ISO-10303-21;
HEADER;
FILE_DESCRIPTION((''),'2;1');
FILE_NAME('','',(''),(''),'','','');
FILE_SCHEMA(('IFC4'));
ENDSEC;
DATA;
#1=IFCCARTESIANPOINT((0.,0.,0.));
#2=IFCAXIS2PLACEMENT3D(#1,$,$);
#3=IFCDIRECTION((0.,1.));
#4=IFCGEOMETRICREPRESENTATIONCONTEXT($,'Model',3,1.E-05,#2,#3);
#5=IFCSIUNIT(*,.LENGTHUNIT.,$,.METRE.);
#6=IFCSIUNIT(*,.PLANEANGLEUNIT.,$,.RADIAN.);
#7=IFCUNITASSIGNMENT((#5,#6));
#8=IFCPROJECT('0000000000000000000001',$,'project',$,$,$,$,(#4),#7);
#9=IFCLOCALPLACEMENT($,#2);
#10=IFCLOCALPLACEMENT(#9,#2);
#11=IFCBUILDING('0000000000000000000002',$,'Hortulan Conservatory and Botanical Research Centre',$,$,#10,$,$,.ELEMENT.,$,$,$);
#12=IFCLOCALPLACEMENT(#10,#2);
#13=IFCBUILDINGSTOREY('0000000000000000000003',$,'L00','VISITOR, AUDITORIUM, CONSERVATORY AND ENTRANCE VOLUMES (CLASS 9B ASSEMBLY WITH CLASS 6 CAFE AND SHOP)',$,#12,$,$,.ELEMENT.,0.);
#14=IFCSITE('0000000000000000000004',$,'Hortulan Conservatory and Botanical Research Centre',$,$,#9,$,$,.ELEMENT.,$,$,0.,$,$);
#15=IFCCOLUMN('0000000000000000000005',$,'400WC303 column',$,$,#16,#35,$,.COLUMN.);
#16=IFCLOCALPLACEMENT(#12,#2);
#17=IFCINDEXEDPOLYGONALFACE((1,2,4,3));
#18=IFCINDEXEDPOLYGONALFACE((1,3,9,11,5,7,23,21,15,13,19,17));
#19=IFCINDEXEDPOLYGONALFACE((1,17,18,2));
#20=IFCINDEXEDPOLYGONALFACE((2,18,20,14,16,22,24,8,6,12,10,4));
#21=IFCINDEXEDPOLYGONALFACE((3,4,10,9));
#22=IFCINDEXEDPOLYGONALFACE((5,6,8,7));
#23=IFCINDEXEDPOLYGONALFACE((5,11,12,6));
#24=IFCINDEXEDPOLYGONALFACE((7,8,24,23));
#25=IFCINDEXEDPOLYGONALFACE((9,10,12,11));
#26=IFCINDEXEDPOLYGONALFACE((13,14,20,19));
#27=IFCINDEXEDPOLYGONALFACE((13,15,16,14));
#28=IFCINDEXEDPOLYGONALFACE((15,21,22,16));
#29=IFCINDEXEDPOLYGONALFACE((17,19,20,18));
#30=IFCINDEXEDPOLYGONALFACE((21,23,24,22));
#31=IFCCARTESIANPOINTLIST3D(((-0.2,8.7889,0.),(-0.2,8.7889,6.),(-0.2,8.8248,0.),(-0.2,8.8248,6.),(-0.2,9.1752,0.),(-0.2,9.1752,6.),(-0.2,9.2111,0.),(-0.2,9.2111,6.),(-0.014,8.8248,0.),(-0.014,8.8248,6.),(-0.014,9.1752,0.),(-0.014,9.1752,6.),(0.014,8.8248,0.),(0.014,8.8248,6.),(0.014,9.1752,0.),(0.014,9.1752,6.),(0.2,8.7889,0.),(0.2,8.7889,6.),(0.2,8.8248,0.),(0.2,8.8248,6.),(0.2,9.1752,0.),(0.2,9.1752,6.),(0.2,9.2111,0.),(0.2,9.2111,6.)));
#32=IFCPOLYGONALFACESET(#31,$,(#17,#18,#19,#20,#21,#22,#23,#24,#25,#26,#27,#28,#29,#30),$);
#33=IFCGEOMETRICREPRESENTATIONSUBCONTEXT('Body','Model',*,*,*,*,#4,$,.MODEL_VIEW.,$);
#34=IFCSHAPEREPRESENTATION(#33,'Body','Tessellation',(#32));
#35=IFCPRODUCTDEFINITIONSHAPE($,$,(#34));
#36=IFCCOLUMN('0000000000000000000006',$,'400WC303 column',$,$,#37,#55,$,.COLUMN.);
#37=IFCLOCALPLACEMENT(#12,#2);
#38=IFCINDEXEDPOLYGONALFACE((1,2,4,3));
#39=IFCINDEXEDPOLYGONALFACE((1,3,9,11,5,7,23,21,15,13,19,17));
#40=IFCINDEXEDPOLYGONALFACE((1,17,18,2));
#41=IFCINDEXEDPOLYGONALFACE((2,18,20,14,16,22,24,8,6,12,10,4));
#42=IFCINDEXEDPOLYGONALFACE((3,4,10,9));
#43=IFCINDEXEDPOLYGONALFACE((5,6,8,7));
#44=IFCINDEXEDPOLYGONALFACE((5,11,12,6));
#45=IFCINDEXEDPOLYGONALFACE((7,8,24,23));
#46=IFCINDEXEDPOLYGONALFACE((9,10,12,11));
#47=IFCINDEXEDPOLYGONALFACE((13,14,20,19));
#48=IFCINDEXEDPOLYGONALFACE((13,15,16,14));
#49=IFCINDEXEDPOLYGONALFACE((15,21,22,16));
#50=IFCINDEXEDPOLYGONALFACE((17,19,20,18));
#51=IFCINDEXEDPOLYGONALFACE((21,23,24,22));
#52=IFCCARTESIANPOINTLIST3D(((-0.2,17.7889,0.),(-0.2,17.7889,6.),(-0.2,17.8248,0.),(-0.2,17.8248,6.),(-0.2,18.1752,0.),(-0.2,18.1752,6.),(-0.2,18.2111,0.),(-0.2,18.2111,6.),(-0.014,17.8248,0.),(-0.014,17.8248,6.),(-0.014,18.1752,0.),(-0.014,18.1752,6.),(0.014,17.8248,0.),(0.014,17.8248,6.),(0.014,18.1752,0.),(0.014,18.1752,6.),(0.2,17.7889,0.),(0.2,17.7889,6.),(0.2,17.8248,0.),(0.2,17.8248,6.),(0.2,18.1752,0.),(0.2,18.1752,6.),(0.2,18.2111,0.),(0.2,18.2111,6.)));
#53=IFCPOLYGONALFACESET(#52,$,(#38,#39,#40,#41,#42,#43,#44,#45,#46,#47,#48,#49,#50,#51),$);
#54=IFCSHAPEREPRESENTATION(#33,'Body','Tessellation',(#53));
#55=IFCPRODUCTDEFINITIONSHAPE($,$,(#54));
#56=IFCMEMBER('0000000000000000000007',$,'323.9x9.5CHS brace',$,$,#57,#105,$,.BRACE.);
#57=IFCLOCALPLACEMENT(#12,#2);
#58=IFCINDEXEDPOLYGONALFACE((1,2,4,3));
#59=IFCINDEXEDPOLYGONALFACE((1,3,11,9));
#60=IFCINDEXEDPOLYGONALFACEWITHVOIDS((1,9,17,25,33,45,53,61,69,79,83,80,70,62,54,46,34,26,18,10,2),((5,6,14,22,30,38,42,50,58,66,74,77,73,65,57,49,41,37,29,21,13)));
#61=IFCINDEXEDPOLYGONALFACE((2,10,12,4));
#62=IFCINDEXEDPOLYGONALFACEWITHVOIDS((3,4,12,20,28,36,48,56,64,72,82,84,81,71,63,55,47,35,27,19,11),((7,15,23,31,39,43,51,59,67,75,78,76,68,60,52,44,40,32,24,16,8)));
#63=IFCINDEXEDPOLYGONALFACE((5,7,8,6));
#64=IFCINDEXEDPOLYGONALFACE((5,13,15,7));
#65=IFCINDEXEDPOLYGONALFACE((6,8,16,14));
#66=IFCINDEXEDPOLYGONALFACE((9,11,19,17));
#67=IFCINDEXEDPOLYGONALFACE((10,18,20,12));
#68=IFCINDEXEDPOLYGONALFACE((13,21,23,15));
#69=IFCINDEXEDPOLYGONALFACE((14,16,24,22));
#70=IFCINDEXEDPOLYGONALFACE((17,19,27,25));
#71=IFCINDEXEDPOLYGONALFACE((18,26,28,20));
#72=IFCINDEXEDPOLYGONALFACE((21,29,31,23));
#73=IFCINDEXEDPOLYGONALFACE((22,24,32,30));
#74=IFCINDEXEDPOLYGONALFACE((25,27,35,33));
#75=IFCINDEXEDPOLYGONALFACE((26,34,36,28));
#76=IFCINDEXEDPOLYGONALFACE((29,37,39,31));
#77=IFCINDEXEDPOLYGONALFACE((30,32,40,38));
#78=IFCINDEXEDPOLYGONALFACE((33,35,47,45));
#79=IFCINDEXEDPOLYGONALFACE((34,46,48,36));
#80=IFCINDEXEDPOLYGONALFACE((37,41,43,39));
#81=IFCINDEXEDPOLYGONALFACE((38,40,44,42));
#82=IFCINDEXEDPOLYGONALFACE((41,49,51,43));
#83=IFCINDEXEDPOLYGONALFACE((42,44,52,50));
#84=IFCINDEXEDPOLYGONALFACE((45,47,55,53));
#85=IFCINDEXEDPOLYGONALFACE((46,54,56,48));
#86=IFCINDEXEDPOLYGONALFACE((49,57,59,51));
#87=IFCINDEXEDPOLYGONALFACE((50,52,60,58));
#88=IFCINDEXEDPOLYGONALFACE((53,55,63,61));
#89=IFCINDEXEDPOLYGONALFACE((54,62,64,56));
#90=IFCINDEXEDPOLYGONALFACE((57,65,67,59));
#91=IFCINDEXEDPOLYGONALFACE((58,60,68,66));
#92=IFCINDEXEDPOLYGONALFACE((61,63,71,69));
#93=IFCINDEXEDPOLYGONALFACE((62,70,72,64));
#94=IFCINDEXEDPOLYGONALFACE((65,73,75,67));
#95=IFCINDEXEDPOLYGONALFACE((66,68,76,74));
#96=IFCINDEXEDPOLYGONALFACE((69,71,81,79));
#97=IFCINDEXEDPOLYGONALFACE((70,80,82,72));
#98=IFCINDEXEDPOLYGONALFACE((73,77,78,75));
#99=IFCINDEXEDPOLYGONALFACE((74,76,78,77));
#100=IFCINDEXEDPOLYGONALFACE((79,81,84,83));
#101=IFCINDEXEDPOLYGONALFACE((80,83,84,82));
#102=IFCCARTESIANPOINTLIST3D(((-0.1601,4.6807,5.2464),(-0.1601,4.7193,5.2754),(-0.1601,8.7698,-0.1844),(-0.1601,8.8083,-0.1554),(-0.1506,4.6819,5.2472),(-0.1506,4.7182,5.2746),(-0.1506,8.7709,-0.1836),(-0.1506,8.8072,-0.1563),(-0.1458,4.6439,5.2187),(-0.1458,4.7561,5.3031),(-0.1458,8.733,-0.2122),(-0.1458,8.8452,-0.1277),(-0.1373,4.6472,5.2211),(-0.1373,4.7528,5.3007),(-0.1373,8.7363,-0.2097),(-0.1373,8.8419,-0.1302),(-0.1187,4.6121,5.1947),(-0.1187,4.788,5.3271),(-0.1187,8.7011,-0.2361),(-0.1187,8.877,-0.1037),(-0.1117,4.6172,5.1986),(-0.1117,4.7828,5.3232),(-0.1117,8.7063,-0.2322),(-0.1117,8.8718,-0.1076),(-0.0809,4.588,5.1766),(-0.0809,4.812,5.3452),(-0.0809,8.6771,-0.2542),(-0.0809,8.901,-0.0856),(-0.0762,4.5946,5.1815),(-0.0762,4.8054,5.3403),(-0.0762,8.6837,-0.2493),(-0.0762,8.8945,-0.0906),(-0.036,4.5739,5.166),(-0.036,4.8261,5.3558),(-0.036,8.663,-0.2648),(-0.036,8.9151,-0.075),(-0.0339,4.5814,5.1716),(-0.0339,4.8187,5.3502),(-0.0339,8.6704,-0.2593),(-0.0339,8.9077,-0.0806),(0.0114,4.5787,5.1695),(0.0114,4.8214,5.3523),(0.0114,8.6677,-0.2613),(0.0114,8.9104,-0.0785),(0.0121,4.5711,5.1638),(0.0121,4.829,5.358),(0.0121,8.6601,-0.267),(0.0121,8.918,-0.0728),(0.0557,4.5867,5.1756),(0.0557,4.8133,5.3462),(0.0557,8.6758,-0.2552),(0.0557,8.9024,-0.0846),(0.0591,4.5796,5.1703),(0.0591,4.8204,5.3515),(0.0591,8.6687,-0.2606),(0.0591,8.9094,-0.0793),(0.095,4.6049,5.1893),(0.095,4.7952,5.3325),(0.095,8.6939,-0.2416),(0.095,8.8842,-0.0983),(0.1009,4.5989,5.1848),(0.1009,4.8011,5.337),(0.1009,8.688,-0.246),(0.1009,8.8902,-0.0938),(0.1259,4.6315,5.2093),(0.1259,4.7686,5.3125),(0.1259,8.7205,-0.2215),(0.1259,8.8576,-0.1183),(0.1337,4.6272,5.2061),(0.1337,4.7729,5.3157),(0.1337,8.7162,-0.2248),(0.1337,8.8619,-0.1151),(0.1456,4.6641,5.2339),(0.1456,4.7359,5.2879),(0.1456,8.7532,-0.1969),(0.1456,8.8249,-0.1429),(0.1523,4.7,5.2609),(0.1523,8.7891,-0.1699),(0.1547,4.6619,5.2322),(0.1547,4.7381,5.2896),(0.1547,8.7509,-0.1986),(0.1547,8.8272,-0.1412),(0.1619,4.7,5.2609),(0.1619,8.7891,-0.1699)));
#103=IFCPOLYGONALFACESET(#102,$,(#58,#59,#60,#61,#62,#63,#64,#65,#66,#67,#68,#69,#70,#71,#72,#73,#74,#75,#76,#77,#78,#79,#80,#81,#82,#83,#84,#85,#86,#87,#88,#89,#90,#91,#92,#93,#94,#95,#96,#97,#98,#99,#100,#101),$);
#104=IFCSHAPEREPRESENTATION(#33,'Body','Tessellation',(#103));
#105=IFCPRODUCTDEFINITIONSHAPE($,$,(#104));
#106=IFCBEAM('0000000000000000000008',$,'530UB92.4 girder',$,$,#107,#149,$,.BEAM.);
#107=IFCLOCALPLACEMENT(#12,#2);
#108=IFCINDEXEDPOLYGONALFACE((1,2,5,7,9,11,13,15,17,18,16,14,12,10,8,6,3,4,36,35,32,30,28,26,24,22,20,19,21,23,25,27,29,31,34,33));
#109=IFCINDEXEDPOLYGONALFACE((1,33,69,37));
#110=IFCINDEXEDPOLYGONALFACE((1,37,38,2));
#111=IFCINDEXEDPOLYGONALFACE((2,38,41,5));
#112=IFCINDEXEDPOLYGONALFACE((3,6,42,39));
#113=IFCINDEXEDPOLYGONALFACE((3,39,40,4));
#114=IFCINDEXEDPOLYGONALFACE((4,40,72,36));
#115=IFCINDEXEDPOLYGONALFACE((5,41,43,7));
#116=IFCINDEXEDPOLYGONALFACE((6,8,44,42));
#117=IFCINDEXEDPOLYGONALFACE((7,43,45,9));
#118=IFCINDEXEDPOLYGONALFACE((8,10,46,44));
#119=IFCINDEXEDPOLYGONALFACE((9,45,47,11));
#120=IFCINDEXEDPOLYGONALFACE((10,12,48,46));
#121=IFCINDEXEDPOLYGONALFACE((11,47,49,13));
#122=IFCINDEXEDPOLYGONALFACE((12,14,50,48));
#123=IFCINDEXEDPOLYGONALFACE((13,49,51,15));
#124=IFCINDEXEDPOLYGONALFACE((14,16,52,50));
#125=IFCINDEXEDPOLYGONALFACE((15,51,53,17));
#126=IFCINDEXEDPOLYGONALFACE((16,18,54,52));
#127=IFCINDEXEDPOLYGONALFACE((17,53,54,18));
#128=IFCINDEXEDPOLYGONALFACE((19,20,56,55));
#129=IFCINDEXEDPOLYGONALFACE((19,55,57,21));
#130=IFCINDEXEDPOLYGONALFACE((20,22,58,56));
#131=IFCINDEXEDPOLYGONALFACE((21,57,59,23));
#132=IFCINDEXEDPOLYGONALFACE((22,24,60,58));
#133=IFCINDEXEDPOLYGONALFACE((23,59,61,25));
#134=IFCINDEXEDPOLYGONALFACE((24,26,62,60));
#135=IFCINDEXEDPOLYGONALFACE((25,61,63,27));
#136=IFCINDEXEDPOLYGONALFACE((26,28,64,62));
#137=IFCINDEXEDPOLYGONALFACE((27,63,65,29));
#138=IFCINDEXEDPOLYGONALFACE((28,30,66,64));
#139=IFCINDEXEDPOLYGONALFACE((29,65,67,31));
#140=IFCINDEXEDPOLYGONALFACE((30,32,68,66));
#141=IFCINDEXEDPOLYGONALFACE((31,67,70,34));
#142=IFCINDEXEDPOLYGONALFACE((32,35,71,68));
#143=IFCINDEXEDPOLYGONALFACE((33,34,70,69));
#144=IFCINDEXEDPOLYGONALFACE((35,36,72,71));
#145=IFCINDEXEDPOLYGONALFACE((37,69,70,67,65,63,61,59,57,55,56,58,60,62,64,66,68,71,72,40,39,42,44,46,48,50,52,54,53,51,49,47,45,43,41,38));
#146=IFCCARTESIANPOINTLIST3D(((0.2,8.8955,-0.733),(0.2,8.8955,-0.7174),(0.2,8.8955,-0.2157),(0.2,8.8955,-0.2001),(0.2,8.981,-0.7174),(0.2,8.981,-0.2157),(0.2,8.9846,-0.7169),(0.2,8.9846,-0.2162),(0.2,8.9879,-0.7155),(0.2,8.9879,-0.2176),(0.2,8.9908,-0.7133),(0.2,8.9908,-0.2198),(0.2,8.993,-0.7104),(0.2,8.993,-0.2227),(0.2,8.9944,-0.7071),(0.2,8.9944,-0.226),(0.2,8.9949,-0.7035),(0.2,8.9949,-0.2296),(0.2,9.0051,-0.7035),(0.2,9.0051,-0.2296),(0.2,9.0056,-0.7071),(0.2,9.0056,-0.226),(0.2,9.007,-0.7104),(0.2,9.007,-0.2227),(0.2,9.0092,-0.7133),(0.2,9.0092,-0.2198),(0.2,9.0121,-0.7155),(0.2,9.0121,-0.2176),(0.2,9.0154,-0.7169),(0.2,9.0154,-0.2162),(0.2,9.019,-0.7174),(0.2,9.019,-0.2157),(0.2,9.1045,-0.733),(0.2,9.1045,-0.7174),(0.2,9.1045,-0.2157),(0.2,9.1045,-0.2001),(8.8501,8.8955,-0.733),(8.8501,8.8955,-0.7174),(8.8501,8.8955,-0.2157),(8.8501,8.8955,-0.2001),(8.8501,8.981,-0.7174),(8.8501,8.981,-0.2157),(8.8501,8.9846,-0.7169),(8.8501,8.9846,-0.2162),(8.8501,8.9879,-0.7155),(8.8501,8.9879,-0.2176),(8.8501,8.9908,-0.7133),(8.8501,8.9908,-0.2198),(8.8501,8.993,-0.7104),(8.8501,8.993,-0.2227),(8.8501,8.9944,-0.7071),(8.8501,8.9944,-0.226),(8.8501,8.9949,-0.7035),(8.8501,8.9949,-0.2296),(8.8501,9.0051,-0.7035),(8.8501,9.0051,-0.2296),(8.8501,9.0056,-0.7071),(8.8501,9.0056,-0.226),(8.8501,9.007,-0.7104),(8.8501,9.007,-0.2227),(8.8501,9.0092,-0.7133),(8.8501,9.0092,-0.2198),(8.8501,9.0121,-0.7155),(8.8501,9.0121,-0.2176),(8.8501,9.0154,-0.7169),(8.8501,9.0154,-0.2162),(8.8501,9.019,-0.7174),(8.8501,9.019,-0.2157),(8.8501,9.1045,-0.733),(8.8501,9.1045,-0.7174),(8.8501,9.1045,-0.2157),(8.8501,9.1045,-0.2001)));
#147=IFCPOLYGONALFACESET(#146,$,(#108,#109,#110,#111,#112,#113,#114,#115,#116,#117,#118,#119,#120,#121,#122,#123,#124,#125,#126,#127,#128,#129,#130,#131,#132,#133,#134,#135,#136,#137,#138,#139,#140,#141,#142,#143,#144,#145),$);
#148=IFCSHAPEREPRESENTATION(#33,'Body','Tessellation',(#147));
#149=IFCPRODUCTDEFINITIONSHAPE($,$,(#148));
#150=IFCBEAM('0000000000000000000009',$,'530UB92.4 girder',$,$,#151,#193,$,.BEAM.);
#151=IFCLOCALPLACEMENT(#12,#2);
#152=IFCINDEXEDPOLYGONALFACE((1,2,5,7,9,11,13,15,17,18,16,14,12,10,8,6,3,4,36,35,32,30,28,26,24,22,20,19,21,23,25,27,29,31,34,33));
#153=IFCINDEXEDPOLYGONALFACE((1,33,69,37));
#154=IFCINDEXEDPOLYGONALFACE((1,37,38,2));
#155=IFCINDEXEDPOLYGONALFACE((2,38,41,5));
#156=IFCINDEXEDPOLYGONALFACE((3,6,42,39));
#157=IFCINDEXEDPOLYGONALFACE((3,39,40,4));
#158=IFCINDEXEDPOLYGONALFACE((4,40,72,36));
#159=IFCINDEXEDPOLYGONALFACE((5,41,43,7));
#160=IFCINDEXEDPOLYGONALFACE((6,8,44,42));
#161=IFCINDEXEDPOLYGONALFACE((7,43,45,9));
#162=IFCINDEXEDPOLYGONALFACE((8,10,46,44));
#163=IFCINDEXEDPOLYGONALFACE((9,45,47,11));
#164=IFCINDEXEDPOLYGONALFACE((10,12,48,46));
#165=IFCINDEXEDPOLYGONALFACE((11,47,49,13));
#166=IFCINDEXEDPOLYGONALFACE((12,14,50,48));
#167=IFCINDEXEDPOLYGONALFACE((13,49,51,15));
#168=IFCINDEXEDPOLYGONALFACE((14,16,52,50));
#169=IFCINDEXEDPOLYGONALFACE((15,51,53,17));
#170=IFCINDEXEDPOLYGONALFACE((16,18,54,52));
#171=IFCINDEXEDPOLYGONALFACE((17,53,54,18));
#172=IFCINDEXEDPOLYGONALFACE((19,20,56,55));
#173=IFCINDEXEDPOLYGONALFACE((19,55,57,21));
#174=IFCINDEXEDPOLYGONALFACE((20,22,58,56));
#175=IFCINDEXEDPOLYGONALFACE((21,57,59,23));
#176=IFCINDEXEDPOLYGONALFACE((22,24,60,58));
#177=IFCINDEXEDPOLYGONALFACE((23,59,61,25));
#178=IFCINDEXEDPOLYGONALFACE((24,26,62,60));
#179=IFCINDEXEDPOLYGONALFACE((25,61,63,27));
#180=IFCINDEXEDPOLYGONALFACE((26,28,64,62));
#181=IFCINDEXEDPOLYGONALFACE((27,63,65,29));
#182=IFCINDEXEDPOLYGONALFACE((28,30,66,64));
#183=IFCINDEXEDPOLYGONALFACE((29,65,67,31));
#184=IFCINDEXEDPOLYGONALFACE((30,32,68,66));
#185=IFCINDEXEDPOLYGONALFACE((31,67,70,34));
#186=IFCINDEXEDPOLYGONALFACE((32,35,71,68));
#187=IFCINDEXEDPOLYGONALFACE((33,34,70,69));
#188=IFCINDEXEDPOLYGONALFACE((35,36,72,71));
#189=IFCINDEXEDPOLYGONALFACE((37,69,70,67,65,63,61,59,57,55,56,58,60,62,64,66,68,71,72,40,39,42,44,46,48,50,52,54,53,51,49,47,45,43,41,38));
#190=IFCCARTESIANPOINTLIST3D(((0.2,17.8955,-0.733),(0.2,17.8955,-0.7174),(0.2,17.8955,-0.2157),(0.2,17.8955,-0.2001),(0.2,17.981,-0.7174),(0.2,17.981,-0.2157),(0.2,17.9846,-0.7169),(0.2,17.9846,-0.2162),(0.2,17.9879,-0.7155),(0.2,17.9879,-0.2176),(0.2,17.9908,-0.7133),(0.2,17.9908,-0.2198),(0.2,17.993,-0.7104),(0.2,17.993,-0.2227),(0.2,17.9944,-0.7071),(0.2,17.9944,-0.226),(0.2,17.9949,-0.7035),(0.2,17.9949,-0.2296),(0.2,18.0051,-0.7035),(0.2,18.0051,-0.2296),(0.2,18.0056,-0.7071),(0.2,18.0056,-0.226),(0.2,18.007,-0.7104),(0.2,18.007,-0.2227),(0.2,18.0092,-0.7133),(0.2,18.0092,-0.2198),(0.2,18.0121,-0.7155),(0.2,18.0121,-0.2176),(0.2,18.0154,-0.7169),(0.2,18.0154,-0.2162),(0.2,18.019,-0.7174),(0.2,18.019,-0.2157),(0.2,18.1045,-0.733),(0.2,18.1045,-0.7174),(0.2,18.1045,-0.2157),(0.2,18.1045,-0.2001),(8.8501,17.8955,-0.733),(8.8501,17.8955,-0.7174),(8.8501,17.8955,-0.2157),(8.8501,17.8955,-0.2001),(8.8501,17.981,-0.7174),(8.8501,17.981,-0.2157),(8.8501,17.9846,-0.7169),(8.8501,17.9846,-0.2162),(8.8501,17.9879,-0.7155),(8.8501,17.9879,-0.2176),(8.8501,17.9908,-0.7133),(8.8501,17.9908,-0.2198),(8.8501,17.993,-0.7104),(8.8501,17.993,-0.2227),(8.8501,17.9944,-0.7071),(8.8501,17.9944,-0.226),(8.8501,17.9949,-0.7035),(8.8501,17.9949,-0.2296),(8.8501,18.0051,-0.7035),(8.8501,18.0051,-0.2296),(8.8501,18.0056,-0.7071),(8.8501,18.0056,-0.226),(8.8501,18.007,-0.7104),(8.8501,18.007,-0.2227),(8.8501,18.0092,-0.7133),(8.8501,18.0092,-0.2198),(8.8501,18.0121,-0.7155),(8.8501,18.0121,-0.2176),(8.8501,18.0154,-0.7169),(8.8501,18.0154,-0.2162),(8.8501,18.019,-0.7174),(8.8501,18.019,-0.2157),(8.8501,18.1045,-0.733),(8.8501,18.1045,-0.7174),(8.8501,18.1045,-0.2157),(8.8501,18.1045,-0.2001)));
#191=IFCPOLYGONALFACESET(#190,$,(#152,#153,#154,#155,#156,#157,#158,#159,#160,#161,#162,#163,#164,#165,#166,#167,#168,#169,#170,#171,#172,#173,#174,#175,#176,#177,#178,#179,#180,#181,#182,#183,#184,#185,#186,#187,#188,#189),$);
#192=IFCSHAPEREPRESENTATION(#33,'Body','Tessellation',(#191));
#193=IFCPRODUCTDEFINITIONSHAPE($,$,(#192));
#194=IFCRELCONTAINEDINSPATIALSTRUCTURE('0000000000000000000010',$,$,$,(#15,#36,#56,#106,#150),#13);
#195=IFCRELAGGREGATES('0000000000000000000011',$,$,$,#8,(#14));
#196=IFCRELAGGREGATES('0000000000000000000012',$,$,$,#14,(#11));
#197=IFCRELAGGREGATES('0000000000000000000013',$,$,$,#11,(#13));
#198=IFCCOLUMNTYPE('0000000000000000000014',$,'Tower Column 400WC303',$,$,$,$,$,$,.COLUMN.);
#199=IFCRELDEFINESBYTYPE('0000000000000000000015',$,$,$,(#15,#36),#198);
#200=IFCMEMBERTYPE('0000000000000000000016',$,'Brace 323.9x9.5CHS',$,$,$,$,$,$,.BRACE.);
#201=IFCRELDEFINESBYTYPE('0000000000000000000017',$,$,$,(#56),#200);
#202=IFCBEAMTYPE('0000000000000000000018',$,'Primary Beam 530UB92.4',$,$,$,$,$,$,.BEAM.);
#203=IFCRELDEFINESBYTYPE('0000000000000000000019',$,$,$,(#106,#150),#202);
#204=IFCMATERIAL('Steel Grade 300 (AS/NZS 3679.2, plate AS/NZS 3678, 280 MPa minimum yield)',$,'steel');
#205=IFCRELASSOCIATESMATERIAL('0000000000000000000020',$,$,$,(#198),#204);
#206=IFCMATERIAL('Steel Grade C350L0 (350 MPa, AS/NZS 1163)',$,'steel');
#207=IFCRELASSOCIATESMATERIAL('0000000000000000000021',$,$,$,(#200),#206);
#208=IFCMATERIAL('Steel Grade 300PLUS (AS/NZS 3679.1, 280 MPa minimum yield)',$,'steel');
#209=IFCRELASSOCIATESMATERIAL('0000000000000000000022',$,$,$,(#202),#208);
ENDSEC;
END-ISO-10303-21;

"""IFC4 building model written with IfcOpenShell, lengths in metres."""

from ifc_helpers import new_model, si_unit, direction, frame, origin, origin_2d, place, context, subcontext, project, spatial, hollow_circle, i_section, extrude, material, material_profile, profile_set, type_object, element, save


model = new_model("IFC4")

# Units and contexts
model_context = context("Model", 3, precision=1e-05, world=origin(), true_north=direction((0.0, 1.0)))
body_context = subcontext(model_context, "Body", "Model", "MODEL_VIEW")
ifc_project = project(units=[si_unit("LENGTHUNIT", "METRE"), si_unit("PLANEANGLEUNIT", "RADIAN")], contexts=[model_context])

# Site, building, storey
site_placement = place(None, origin())
site = spatial("IfcSite", under=ifc_project, at=site_placement, Name="Hortulan Conservatory and Botanical Research Centre", CompositionType="ELEMENT", RefElevation=0.0)
building_placement = place(site_placement, origin())
building = spatial("IfcBuilding", under=site, at=building_placement, Name="Hortulan Conservatory and Botanical Research Centre", CompositionType="ELEMENT")
storey_placement = place(building_placement, origin())
storey = spatial("IfcBuildingStorey", under=building, at=storey_placement, Name="L00", Description="VISITOR, AUDITORIUM, CONSERVATORY AND ENTRANCE VOLUMES (CLASS 9B ASSEMBLY WITH CLASS 6 CAFE AND SHOP)", CompositionType="ELEMENT", Elevation=0.0)

# Columns
ifc_material_1 = material(Name="Steel Grade 300 (AS/NZS 3679.2, plate AS/NZS 3678, 280 MPa minimum yield)", Category="steel")
ifc_material_profile_1 = material_profile(ifc_material_1, i_section(OverallWidth=0.3999, OverallDepth=0.4221, WebThickness=0.0281, FlangeThickness=0.0359, at=origin_2d()), Name="400WC303")
ifc_profile_set_1 = profile_set([ifc_material_profile_1], Name="Steel Grade 300 (AS/NZS 3679.2, plate AS/NZS 3678, 280 MPa minimum yield)")
column_type = type_object("IfcColumnType", Name="Tower Column 400WC303", PredefinedType="COLUMN", material=ifc_profile_set_1)
for number, where, z_axis, x_axis, name in (
    (1, (0.0, 9.0, 0.0), (0.0, 0.0, 1.0), (1.0, 0.0, 0.0), "400WC303 column"),
    (2, (0.0, 18.0, 0.0), (0.0, 0.0, 1.0), (1.0, 0.0, 0.0), "400WC303 column"),
):
    element("IfcColumn", number, at=place(storey_placement, frame(where, z_axis=z_axis, x_axis=x_axis)), inside=storey, type_object=column_type, Name=name, PredefinedType="COLUMN", context=body_context, shape_type="SweptSolid", body=[
        extrude(i_section(OverallWidth=0.3999, OverallDepth=0.4221, WebThickness=0.0281, FlangeThickness=0.0359, at=origin_2d()), origin(), (0.0, 0.0, 1.0), 6.0),
    ])

# Member
ifc_material_2 = material(Name="Steel Grade C350L0 (350 MPa, AS/NZS 1163)", Category="steel")
ifc_material_profile_2 = material_profile(ifc_material_2, hollow_circle(Radius=0.1619, WallThickness=0.0095, at=origin_2d()), Name="323.9x9.5CHS")
ifc_profile_set_2 = profile_set([ifc_material_profile_2], Name="Steel Grade C350L0 (350 MPa, AS/NZS 1163)")
member_type = type_object("IfcMemberType", Name="Brace 323.9x9.5CHS", PredefinedType="BRACE", material=ifc_profile_set_2)
member_placement = place(storey_placement, frame((0.0, 8.7891, -0.1699), z_axis=(0.0, -0.601499, 0.798874), x_axis=(1.0, 0.0, 0.0)))
element("IfcMember", 3, at=member_placement, inside=storey, type_object=member_type, Name="323.9x9.5CHS brace", PredefinedType="BRACE", context=body_context, shape_type="SweptSolid", body=[
    extrude(hollow_circle(Radius=0.1619, WallThickness=0.0095, at=origin_2d()), origin(), (0.0, 0.0, 1.0), 6.7981),
])

# Beams
ifc_material_3 = material(Name="Steel Grade 300PLUS (AS/NZS 3679.1, 280 MPa minimum yield)", Category="steel")
ifc_material_profile_3 = material_profile(ifc_material_3, i_section(OverallWidth=0.209, OverallDepth=0.533, WebThickness=0.0103, FlangeThickness=0.0156, FilletRadius=0.0139, at=origin_2d()), Name="530UB92.4")
ifc_profile_set_3 = profile_set([ifc_material_profile_3], Name="Steel Grade 300PLUS (AS/NZS 3679.1, 280 MPa minimum yield)")
beam_type_1 = type_object("IfcBeamType", Name="Primary Beam 530UB92.4", PredefinedType="BEAM", material=ifc_profile_set_3)
for number, where, z_axis, x_axis, name in (
    (4, (0.2, 9.0, -0.4666), (1.0, 0.0, 0.0), (0.0, 1.0, 0.0), "530UB92.4 girder"),
    (5, (0.2, 18.0, -0.4666), (1.0, 0.0, 0.0), (0.0, 1.0, 0.0), "530UB92.4 girder"),
):
    element("IfcBeam", number, at=place(storey_placement, frame(where, z_axis=z_axis, x_axis=x_axis)), inside=storey, type_object=beam_type_1, Name=name, PredefinedType="BEAM", context=body_context, shape_type="SweptSolid", body=[
        extrude(i_section(OverallWidth=0.209, OverallDepth=0.533, WebThickness=0.0103, FlangeThickness=0.0156, FilletRadius=0.0139, at=origin_2d()), origin(), (0.0, 0.0, 1.0), 8.6501),
    ])

save(model, "model.ifc")
